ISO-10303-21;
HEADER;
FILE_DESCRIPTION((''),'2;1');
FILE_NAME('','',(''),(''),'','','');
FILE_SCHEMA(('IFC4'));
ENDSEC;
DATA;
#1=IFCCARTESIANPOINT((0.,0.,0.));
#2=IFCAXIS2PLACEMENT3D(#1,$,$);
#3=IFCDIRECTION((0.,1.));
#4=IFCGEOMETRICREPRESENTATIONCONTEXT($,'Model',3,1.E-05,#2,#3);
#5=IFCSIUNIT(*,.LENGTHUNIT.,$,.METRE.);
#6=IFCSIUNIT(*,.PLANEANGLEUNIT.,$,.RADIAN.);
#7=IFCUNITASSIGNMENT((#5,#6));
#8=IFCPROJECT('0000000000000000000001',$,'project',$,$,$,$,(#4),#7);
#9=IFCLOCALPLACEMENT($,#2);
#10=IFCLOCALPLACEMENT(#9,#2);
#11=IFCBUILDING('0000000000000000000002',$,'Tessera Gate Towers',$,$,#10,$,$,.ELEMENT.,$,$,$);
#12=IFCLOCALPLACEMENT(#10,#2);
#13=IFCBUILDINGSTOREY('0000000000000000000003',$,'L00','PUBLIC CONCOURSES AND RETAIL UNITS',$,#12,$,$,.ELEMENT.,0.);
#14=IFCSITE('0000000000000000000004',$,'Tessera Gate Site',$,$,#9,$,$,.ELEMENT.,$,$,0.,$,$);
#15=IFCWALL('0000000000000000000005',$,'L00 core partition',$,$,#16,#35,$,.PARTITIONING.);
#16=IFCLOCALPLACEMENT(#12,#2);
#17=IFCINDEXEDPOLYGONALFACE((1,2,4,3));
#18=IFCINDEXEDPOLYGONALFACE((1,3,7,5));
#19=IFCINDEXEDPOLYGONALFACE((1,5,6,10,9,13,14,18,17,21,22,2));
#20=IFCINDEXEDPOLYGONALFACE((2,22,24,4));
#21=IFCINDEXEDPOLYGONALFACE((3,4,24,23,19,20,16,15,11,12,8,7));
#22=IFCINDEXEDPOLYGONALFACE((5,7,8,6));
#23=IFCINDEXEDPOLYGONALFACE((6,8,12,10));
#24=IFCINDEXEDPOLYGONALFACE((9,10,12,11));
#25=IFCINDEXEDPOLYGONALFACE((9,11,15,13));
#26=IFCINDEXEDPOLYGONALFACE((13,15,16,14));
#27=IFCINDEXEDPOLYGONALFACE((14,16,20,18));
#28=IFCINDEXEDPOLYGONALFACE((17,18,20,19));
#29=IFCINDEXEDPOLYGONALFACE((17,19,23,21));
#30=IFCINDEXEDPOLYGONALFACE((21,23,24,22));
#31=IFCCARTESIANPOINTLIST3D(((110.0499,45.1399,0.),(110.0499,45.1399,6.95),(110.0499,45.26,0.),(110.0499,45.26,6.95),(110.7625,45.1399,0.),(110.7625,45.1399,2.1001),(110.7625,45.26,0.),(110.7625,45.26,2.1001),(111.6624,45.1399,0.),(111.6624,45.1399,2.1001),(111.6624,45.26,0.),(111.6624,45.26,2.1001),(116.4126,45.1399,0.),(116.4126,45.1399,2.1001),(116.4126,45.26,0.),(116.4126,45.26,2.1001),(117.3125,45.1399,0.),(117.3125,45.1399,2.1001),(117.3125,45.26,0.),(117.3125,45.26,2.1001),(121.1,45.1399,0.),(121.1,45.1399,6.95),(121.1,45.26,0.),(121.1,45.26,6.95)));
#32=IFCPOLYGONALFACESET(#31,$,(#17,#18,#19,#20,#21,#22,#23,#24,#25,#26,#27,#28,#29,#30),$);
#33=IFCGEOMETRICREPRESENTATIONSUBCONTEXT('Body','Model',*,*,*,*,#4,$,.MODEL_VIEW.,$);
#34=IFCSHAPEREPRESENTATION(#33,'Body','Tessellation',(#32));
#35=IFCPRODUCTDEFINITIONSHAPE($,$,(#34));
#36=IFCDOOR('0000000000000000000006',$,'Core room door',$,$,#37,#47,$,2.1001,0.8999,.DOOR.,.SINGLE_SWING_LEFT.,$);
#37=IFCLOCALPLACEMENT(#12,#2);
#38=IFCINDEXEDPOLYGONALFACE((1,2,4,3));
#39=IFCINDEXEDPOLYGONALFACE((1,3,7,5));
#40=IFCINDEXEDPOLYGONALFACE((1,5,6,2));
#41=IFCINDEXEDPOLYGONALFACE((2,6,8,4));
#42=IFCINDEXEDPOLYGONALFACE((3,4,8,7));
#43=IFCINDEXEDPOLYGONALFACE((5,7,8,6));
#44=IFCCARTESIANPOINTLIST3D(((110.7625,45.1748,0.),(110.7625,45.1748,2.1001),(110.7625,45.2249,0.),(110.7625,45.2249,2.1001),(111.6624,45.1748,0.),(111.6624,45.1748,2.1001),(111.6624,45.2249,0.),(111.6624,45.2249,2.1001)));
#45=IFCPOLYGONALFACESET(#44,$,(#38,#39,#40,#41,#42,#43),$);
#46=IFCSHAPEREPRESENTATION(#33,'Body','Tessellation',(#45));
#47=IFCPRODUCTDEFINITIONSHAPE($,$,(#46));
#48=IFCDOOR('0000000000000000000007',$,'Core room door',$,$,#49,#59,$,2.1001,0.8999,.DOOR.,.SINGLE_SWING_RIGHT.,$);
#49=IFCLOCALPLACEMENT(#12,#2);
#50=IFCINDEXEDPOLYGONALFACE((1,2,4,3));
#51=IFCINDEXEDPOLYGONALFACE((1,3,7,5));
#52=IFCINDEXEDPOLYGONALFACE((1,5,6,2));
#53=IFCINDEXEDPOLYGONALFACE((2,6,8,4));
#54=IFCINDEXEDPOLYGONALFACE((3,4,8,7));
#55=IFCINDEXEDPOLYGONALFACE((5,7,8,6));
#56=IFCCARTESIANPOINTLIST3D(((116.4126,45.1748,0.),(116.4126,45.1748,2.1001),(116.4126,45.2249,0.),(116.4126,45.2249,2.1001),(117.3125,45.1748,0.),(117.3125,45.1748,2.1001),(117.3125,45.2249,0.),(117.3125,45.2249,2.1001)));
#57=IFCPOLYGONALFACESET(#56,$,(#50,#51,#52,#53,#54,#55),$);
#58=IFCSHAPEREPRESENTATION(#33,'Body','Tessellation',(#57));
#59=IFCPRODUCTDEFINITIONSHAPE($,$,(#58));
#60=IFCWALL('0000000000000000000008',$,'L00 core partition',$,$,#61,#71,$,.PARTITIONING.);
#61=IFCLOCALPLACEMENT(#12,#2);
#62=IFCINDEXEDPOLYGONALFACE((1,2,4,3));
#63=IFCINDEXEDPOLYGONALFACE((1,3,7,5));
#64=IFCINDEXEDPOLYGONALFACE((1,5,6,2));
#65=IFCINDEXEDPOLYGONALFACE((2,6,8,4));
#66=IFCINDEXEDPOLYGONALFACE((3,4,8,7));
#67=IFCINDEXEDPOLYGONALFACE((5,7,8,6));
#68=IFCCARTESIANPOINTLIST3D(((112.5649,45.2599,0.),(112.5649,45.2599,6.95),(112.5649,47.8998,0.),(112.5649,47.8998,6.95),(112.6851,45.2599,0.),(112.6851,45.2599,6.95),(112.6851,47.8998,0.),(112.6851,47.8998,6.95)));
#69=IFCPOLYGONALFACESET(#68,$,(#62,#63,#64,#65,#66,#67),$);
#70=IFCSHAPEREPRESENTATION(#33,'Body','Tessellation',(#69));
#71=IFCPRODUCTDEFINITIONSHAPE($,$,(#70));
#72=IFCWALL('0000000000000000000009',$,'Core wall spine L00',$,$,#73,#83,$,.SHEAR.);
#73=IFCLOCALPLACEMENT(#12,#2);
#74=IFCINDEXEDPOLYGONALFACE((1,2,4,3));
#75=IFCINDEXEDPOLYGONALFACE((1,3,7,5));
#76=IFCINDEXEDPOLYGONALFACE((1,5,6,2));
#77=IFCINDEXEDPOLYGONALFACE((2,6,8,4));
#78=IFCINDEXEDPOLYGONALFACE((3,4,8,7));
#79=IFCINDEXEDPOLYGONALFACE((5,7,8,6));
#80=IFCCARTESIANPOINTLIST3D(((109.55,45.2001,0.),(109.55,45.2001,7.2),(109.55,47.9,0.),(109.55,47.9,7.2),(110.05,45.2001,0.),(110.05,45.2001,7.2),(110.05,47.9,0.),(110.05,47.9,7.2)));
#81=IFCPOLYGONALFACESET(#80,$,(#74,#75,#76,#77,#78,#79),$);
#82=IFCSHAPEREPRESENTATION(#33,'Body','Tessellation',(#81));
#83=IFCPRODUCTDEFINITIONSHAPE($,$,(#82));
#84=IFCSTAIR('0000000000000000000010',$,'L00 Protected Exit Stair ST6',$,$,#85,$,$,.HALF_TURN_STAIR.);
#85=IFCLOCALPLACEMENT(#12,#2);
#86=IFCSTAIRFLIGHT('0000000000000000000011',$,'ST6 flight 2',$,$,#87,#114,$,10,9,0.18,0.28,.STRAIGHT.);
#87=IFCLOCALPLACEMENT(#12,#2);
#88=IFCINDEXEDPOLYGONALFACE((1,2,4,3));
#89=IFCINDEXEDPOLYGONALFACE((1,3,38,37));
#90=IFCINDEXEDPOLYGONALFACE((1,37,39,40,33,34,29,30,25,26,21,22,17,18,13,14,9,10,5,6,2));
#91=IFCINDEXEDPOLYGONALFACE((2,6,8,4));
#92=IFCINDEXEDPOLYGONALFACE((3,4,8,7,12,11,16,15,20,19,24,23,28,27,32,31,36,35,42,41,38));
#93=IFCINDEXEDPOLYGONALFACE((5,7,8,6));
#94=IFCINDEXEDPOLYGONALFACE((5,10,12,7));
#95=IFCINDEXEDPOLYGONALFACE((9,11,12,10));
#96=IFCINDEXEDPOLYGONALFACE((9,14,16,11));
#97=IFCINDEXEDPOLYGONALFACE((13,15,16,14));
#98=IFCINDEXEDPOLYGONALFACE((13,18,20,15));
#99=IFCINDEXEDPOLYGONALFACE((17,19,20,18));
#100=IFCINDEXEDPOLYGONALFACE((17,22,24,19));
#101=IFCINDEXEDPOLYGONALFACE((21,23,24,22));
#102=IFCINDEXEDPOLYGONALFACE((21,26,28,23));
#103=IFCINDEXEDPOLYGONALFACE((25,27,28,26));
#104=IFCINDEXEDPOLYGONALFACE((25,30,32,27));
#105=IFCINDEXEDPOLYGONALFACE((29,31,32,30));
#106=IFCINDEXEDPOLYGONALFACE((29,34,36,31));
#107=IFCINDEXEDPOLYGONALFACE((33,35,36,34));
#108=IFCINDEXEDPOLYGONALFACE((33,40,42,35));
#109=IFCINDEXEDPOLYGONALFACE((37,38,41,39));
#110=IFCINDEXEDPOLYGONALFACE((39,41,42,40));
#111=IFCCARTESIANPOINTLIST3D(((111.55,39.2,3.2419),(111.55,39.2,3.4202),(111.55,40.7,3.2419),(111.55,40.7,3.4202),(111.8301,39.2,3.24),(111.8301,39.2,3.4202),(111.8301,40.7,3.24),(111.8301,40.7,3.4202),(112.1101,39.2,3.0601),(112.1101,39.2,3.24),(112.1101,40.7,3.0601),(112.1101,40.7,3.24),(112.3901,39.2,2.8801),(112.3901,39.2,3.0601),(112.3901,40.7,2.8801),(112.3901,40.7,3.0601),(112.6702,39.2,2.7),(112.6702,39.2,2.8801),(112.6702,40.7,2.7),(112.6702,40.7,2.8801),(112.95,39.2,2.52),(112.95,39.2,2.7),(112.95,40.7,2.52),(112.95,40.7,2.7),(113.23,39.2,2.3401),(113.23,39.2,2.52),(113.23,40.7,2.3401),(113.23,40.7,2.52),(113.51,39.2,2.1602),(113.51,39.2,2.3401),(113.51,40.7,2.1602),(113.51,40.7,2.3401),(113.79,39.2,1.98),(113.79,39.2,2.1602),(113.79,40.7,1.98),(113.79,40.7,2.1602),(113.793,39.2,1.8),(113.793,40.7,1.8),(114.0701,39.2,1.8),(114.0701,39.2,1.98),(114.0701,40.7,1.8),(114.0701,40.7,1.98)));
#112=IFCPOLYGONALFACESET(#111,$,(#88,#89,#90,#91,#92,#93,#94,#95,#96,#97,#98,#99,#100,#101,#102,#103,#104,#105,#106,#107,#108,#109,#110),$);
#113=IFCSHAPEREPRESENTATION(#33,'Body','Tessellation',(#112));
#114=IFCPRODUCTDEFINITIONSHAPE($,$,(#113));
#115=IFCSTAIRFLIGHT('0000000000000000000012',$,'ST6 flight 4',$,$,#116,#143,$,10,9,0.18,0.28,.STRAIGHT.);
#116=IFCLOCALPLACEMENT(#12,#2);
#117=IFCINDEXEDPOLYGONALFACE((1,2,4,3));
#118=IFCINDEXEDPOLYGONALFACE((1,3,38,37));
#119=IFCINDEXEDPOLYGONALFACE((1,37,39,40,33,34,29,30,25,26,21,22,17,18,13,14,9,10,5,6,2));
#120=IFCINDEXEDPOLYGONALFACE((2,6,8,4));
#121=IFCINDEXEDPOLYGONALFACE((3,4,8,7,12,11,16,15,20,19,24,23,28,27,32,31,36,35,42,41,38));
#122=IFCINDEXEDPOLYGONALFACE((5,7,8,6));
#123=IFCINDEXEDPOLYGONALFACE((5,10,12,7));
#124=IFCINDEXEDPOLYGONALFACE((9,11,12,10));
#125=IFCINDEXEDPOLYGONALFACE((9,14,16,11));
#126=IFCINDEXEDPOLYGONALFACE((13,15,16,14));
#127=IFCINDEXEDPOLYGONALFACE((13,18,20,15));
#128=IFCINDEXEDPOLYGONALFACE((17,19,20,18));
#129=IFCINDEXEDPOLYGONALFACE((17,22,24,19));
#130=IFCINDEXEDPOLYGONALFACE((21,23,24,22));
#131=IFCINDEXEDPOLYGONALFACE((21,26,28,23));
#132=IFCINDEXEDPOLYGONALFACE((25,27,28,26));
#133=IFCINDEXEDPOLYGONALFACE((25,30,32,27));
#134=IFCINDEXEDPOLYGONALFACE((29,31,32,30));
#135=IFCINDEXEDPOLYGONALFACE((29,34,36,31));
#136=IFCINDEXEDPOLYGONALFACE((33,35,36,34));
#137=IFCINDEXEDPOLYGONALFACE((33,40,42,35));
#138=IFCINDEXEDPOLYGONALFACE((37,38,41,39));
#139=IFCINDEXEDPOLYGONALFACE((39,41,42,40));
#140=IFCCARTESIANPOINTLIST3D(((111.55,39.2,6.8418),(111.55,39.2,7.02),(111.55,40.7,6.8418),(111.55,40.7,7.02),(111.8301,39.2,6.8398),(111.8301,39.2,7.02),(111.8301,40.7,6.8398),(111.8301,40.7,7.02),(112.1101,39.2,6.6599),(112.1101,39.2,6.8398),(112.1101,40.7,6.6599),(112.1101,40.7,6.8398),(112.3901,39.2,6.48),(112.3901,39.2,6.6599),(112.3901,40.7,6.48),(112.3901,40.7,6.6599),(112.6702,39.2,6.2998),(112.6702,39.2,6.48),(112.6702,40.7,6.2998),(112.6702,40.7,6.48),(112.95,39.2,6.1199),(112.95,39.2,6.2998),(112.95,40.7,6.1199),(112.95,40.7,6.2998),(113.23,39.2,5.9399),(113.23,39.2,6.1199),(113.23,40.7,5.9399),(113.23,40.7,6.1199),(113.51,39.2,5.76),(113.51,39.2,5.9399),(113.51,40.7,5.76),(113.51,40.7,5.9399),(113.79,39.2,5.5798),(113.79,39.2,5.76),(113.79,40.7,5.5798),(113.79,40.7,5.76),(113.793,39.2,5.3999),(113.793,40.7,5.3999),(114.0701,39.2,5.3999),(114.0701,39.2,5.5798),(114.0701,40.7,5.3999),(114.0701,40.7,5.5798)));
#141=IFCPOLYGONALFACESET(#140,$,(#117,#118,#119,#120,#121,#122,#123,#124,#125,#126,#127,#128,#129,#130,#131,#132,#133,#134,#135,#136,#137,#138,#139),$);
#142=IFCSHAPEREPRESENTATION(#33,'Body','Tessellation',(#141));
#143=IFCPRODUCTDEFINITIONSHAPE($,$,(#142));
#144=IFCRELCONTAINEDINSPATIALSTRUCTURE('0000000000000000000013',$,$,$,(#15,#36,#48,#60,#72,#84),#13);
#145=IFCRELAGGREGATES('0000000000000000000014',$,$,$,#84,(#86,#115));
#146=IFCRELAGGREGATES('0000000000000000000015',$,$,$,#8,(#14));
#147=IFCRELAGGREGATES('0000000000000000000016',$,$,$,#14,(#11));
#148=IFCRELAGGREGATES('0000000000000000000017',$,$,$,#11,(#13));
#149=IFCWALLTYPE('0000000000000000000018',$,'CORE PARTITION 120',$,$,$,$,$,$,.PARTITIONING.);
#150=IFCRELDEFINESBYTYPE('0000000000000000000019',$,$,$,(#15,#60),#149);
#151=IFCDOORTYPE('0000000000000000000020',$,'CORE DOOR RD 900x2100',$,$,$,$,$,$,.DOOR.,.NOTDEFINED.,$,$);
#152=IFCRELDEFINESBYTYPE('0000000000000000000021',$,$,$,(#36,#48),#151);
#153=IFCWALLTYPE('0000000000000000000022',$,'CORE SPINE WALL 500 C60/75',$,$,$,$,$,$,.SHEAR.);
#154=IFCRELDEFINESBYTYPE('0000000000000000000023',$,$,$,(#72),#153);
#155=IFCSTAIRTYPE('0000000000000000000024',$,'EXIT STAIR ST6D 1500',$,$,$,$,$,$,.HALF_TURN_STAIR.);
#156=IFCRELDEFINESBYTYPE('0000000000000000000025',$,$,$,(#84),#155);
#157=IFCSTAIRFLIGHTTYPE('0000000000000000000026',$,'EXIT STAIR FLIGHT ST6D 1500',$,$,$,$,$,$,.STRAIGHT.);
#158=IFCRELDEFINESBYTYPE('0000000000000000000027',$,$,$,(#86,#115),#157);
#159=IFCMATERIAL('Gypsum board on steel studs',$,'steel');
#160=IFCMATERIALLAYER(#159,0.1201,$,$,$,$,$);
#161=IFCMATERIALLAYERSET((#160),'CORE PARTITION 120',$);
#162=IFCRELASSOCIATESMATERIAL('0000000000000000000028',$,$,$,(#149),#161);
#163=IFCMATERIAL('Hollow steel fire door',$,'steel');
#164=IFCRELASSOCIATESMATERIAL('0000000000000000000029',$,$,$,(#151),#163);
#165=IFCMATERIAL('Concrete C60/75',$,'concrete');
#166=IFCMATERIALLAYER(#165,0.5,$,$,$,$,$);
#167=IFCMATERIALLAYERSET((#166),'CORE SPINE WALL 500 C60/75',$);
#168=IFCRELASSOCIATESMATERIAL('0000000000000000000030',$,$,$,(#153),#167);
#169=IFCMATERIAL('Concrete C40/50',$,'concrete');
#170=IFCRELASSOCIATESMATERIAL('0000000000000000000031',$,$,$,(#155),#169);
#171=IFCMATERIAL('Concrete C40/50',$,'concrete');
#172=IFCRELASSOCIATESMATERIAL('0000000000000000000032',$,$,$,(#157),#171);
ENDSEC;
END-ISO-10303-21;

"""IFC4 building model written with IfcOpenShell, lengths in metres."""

from ifc_helpers import new_model, si_unit, direction, frame, frame_2d, origin, place, context, subcontext, project, spatial, polyline, rectangle, outline, extrude, source, transform, mapped, material, layer, layer_set, type_object, element, fill, aggregate, save


model = new_model("IFC4")

# Units and contexts
model_context = context("Model", 3, precision=1e-05, world=origin(), true_north=direction((0.0, 1.0)))
body_context = subcontext(model_context, "Body", "Model", "MODEL_VIEW")
ifc_project = project(units=[si_unit("LENGTHUNIT", "METRE"), si_unit("PLANEANGLEUNIT", "RADIAN")], contexts=[model_context])

# Site, building, storey
site_placement = place(None, origin())
site = spatial("IfcSite", under=ifc_project, at=site_placement, Name="Tessera Gate Site", CompositionType="ELEMENT", RefElevation=0.0)
building_placement = place(site_placement, origin())
building = spatial("IfcBuilding", under=site, at=building_placement, Name="Tessera Gate Towers", CompositionType="ELEMENT")
storey_placement = place(building_placement, origin())
storey = spatial("IfcBuildingStorey", under=building, at=storey_placement, Name="L00", Description="PUBLIC CONCOURSES AND RETAIL UNITS", CompositionType="ELEMENT", Elevation=0.0)

# Wall, openings, doors
ifc_material_1 = material(Name="Gypsum board on steel studs", Category="steel")
ifc_layer_1 = layer(ifc_material_1, 0.1201)
ifc_layer_set_1 = layer_set([ifc_layer_1], Name="CORE PARTITION 120")
wall_type_1 = type_object("IfcWallType", Name="CORE PARTITION 120", PredefinedType="PARTITIONING", material=ifc_layer_set_1)
wall_1_placement = place(storey_placement, frame((110.05, 45.2, 0.0), z_axis=(0.0, 0.0, 1.0), x_axis=(1.0, 0.0, 0.0)))
wall_1 = element("IfcWall", 1, at=wall_1_placement, inside=storey, type_object=wall_type_1, Name="L00 core partition", PredefinedType="PARTITIONING", context=body_context, shape_type="SweptSolid", body=[
    extrude(rectangle(XDim=11.05, YDim=0.1201, at=frame_2d((5.5249, 0.0))), origin(), (0.0, 0.0, 1.0), 6.95),
])
shared_shape_1 = source(origin(), body_context, "Body", "SweptSolid", [
    extrude(rectangle(XDim=0.8999, YDim=2.1001, at=frame_2d((0.45, 1.05))), frame((0.0, 0.0701, 0.0), z_axis=(0.0, -1.0, 0.0), x_axis=(1.0, 0.0, 0.0)), (0.0, 0.0, 1.0), 0.1401),
])
opening_1_placement = place(wall_1_placement, frame((0.7124, 0.0, 0.0)))
opening_1 = element("IfcOpeningElement", 2, at=opening_1_placement, cuts=wall_1, PredefinedType="OPENING", context=body_context, shape_type="MappedRepresentation", body=[
    mapped(shared_shape_1, transform((0.0, 0.0, 0.0), scale=1.0)),
])
opening_2_placement = place(wall_1_placement, frame((6.3625, 0.0, 0.0)))
opening_2 = element("IfcOpeningElement", 3, at=opening_2_placement, cuts=wall_1, PredefinedType="OPENING", context=body_context, shape_type="MappedRepresentation", body=[
    mapped(shared_shape_1, transform((0.0, 0.0, 0.0), scale=1.0)),
])
ifc_material_2 = material(Name="Hollow steel fire door", Category="steel")
door_type_1 = type_object("IfcDoorType", Name="CORE DOOR RD 900x2100", OperationType="NOTDEFINED", PredefinedType="DOOR", material=ifc_material_2)
shared_shape_2 = source(origin(), body_context, "Body", "SweptSolid", [
    extrude(rectangle(XDim=0.8999, YDim=2.1001, at=frame_2d((0.45, 1.05))), frame((0.0, 0.0249, 0.0), z_axis=(0.0, -1.0, 0.0), x_axis=(1.0, 0.0, 0.0)), (0.0, 0.0, 1.0), 0.05),
])
door_1_placement = place(opening_1_placement, origin())
door_1 = element("IfcDoor", 4, at=door_1_placement, inside=storey, type_object=door_type_1, Name="Core room door", OperationType="SINGLE_SWING_LEFT", OverallHeight=2.1001, OverallWidth=0.8999, PredefinedType="DOOR", context=body_context, shape_type="MappedRepresentation", body=[
    mapped(shared_shape_2, transform((0.0, 0.0, 0.0), scale=1.0)),
])
fill(opening_1, door_1)
door_2_placement = place(opening_2_placement, origin())
door_2 = element("IfcDoor", 5, at=door_2_placement, inside=storey, type_object=door_type_1, Name="Core room door", OperationType="SINGLE_SWING_RIGHT", OverallHeight=2.1001, OverallWidth=0.8999, PredefinedType="DOOR", context=body_context, shape_type="MappedRepresentation", body=[
    mapped(shared_shape_2, transform((0.0, 0.0, 0.0), scale=1.0)),
])
fill(opening_2, door_2)

# Walls
wall_2_placement = place(storey_placement, frame((112.625, 45.26, 0.0), z_axis=(0.0, 0.0, 1.0), x_axis=(0.0, 1.0, 0.0)))
element("IfcWall", 6, at=wall_2_placement, inside=storey, type_object=wall_type_1, Name="L00 core partition", PredefinedType="PARTITIONING", context=body_context, shape_type="SweptSolid", body=[
    extrude(rectangle(XDim=2.6399, YDim=0.1201, at=frame_2d((1.3198, 0.0))), origin(), (0.0, 0.0, 1.0), 6.95),
])
ifc_material_3 = material(Name="Concrete C60/75", Category="concrete")
ifc_layer_2 = layer(ifc_material_3, 0.5)
ifc_layer_set_2 = layer_set([ifc_layer_2], Name="CORE SPINE WALL 500 C60/75")
wall_type_2 = type_object("IfcWallType", Name="CORE SPINE WALL 500 C60/75", PredefinedType="SHEAR", material=ifc_layer_set_2)
wall_3_placement = place(storey_placement, frame((109.8, 45.2, 0.0), z_axis=(0.0, 0.0, 1.0), x_axis=(0.0, 1.0, 0.0)))
element("IfcWall", 7, at=wall_3_placement, inside=storey, type_object=wall_type_2, Name="Core wall spine L00", PredefinedType="SHEAR", context=body_context, shape_type="SweptSolid", body=[
    extrude(rectangle(XDim=2.7, YDim=0.5, at=frame_2d((1.3501, 0.0))), origin(), (0.0, 0.0, 1.0), 7.2),
])

# Stair, stair flights
ifc_material_4 = material(Name="Concrete C40/50", Category="concrete")
stair_type = type_object("IfcStairType", Name="EXIT STAIR ST6D 1500", PredefinedType="HALF_TURN_STAIR", material=ifc_material_4)
stair_placement = place(storey_placement, origin())
stair = element("IfcStair", 8, at=stair_placement, inside=storey, type_object=stair_type, Name="L00 Protected Exit Stair ST6", PredefinedType="HALF_TURN_STAIR")
ifc_material_5 = material(Name="Concrete C40/50", Category="concrete")
stair_flight_type = type_object("IfcStairFlightType", Name="EXIT STAIR FLIGHT ST6D 1500", PredefinedType="STRAIGHT", material=ifc_material_5)
stair_flight_1_placement = place(storey_placement, frame((114.0701, 39.95, 1.8), z_axis=(0.0, 0.0, 1.0), x_axis=(-1.0, 0.0, 0.0)))
stair_flight_1 = element("IfcStairFlight", 9, at=stair_flight_1_placement, type_object=stair_flight_type, Name="ST6 flight 2", NumberOfRisers=10, NumberOfTreads=9, PredefinedType="STRAIGHT", RiserHeight=0.18, TreadLength=0.28, context=body_context, shape_type="SweptSolid", body=[
    extrude(outline(polyline([(0.0, 0.0), (0.0, 0.1799), (0.28, 0.1799), (0.28, 0.3601), (0.5601, 0.3601), (0.5601, 0.54), (0.8401, 0.54), (0.8401, 0.72), (1.1201, 0.72), (1.1201, 0.8999), (1.3999, 0.8999), (1.3999, 1.0801), (1.6799, 1.0801), (1.6799, 1.26), (1.96, 1.26), (1.96, 1.4399), (2.24, 1.4399), (2.24, 1.6201), (2.52, 1.6201), (2.52, 1.8), (2.52, 1.4419), (0.2771, 0.0), (0.0, 0.0)])), frame((0.0, 0.75, 0.0), z_axis=(0.0, -1.0, 0.0), x_axis=(1.0, 0.0, 0.0)), (0.0, 0.0, 1.0), 1.5),
])
stair_flight_2_placement = place(storey_placement, frame((114.0701, 39.95, 5.3999), z_axis=(0.0, 0.0, 1.0), x_axis=(-1.0, 0.0, 0.0)))
stair_flight_2 = element("IfcStairFlight", 10, at=stair_flight_2_placement, type_object=stair_flight_type, Name="ST6 flight 4", NumberOfRisers=10, NumberOfTreads=9, PredefinedType="STRAIGHT", RiserHeight=0.18, TreadLength=0.28, context=body_context, shape_type="SweptSolid", body=[
    extrude(outline(polyline([(0.0, 0.0), (0.0, 0.1799), (0.28, 0.1799), (0.28, 0.3601), (0.5601, 0.3601), (0.5601, 0.54), (0.8401, 0.54), (0.8401, 0.72), (1.1201, 0.72), (1.1201, 0.8999), (1.3999, 0.8999), (1.3999, 1.0801), (1.6799, 1.0801), (1.6799, 1.26), (1.96, 1.26), (1.96, 1.4399), (2.24, 1.4399), (2.24, 1.6201), (2.52, 1.6201), (2.52, 1.8), (2.52, 1.4419), (0.2771, 0.0), (0.0, 0.0)])), frame((0.0, 0.75, 0.0), z_axis=(0.0, -1.0, 0.0), x_axis=(1.0, 0.0, 0.0)), (0.0, 0.0, 1.0), 1.5),
])
aggregate(stair, [stair_flight_1, stair_flight_2])

save(model, "model.ifc")
